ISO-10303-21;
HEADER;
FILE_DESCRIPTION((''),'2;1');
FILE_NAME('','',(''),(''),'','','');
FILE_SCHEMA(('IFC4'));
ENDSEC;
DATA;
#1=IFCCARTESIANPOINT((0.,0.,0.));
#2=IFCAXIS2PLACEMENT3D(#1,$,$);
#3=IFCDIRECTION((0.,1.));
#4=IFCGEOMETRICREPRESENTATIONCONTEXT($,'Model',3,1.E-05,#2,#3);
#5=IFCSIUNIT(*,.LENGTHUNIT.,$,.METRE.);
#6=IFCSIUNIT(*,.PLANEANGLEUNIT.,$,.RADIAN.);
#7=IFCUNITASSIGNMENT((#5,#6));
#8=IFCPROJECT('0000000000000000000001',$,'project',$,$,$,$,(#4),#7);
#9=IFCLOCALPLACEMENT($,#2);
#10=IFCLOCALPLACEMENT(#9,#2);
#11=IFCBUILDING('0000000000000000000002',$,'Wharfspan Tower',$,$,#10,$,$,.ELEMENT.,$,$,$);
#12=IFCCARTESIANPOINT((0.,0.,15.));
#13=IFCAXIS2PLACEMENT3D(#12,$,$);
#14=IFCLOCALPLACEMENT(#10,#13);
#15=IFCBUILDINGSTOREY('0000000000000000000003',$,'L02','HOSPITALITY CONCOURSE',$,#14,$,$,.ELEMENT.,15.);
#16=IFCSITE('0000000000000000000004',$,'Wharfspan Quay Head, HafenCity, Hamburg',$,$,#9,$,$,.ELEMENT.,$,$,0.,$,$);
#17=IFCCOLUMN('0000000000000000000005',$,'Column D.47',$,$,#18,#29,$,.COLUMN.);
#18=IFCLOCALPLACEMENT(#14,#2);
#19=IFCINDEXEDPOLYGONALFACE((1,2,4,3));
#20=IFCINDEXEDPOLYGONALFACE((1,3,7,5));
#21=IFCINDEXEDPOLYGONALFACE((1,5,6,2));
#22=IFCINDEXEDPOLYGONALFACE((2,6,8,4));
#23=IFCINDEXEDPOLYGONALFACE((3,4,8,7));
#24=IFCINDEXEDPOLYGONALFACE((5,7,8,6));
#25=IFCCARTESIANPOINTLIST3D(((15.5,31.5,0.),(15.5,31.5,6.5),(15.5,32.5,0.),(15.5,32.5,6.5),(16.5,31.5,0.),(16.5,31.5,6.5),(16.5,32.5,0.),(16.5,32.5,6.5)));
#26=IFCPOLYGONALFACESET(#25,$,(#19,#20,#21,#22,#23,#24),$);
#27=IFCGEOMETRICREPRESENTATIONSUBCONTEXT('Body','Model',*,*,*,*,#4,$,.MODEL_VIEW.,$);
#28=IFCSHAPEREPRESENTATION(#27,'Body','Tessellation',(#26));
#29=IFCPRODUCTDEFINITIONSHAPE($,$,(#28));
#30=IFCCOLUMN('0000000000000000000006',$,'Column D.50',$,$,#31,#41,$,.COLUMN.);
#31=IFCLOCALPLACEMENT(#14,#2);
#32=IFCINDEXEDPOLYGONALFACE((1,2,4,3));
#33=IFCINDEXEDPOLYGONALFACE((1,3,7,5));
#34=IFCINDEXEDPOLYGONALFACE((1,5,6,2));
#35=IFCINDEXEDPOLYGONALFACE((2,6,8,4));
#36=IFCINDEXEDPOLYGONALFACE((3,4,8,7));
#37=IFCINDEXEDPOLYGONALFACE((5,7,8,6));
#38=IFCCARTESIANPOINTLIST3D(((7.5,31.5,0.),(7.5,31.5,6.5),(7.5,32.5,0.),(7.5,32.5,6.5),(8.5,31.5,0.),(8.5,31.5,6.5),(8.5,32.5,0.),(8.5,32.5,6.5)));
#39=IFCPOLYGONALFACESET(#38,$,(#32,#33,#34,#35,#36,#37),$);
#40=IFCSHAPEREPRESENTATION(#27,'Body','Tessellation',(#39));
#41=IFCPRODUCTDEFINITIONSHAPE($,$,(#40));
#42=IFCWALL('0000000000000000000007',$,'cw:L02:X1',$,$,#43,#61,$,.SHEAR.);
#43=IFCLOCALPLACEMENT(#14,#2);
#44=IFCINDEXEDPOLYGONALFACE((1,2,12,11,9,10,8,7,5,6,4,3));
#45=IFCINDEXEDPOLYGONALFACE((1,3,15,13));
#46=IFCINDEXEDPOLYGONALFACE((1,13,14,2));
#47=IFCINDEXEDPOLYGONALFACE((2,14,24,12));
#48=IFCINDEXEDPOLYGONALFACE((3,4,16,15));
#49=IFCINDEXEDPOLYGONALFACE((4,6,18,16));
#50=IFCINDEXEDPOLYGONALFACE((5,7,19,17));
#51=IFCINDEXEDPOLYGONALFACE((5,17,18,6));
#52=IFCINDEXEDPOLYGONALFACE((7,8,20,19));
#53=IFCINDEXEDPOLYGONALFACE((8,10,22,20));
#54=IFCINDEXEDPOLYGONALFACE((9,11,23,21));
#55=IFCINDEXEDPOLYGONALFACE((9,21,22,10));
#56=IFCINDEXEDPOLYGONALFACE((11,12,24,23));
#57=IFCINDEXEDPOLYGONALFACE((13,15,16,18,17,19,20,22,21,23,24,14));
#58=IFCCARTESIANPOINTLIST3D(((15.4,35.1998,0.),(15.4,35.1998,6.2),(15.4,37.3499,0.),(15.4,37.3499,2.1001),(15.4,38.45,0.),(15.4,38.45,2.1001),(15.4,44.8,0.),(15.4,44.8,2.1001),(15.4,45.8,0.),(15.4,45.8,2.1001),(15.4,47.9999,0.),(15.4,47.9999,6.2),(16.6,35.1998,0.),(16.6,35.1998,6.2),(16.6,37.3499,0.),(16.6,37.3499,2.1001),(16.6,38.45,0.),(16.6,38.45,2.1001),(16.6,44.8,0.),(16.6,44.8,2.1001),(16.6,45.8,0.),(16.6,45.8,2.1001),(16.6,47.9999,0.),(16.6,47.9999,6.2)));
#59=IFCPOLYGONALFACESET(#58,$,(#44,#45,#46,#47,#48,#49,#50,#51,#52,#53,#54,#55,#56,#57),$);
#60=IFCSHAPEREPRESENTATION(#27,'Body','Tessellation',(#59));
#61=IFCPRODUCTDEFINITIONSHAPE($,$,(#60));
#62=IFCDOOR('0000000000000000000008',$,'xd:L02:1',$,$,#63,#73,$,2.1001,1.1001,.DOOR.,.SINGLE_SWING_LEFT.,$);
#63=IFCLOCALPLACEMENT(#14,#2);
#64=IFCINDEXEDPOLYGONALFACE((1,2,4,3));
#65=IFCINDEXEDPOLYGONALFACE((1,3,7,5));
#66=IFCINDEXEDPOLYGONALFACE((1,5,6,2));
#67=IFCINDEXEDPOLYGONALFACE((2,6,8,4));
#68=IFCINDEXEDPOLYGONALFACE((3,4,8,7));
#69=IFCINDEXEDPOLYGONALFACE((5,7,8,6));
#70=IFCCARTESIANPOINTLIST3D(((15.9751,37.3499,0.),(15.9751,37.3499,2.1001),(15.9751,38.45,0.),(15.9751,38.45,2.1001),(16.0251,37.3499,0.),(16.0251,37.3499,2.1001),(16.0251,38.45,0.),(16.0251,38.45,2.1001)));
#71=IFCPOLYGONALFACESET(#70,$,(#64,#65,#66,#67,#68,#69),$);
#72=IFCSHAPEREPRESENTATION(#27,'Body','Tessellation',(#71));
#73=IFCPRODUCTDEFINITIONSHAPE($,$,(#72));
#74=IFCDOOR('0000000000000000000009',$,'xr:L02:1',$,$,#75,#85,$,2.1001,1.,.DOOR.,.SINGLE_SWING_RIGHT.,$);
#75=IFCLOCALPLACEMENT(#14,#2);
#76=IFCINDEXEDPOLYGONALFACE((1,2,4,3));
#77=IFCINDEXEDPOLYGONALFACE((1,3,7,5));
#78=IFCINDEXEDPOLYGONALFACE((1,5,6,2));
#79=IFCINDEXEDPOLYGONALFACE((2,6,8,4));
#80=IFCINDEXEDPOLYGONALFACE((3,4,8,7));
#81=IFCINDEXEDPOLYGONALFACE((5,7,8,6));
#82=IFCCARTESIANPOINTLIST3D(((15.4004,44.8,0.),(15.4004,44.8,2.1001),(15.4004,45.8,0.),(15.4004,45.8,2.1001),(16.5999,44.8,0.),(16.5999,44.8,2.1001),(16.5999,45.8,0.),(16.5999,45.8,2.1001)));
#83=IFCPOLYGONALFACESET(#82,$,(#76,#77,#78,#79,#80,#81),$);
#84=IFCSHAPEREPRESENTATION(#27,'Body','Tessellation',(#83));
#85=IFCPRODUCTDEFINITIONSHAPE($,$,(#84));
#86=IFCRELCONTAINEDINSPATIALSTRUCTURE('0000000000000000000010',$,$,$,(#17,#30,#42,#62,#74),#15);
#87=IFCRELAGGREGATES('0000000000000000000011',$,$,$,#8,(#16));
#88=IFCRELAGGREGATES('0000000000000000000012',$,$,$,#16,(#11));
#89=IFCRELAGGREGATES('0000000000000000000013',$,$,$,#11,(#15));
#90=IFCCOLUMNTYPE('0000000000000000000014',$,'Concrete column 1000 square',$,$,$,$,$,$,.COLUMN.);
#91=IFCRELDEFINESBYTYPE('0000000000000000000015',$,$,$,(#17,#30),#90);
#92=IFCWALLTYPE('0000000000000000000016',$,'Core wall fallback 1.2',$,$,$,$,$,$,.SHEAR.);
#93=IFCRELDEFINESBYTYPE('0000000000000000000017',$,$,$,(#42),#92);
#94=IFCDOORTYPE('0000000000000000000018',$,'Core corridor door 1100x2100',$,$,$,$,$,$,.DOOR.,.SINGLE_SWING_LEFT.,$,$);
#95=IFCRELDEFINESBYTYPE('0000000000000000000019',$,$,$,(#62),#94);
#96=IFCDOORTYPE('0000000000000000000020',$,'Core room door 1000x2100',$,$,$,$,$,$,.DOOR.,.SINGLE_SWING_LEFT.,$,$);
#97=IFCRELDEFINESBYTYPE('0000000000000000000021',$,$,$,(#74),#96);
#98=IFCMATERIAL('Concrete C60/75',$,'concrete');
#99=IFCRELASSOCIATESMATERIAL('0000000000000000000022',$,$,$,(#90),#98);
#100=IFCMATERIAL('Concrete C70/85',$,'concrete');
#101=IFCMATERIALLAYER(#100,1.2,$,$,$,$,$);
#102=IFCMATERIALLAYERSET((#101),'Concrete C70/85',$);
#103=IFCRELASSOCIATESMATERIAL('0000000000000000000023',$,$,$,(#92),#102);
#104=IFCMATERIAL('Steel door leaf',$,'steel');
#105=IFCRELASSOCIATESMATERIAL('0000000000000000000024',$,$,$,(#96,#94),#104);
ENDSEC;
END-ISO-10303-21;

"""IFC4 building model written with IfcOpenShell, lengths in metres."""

from ifc_helpers import new_model, si_unit, direction, frame, frame_2d, origin, origin_2d, place, context, subcontext, project, spatial, rectangle, extrude, material, layer, layer_set, material_profile, profile_set, type_object, element, fill, save


model = new_model("IFC4")

# Units and contexts
model_context = context("Model", 3, precision=1e-05, world=origin(), true_north=direction((0.0, 1.0)))
body_context = subcontext(model_context, "Body", "Model", "MODEL_VIEW")
ifc_project = project(units=[si_unit("LENGTHUNIT", "METRE"), si_unit("PLANEANGLEUNIT", "RADIAN")], contexts=[model_context])

# Site, building, storey
site_placement = place(None, origin())
site = spatial("IfcSite", under=ifc_project, at=site_placement, Name="Wharfspan Quay Head, HafenCity, Hamburg", CompositionType="ELEMENT", RefElevation=0.0)
building_placement = place(site_placement, origin())
building = spatial("IfcBuilding", under=site, at=building_placement, Name="Wharfspan Tower", CompositionType="ELEMENT")
storey_placement = place(building_placement, frame((0.0, 0.0, 15.0)))
storey = spatial("IfcBuildingStorey", under=building, at=storey_placement, Name="L02", Description="HOSPITALITY CONCOURSE", CompositionType="ELEMENT", Elevation=15.0)

# Columns
ifc_material_1 = material(Name="Concrete C60/75", Category="concrete")
ifc_material_profile = material_profile(ifc_material_1, rectangle(XDim=1.0, YDim=1.0, at=origin_2d()))
ifc_profile_set = profile_set([ifc_material_profile], Name="Concrete C60/75")
column_type = type_object("IfcColumnType", Name="Concrete column 1000 square", PredefinedType="COLUMN", material=ifc_profile_set)
for number, where, z_axis, x_axis, name in (
    (1, (16.0, 32.0, 0.0), (0.0, 0.0, 1.0), (1.0, 0.0, 0.0), "Column D.47"),
    (2, (8.0, 32.0, 0.0), (0.0, 0.0, 1.0), (1.0, 0.0, 0.0), "Column D.50"),
):
    element("IfcColumn", number, at=place(storey_placement, frame(where, z_axis=z_axis, x_axis=x_axis)), inside=storey, type_object=column_type, Name=name, PredefinedType="COLUMN", context=body_context, shape_type="SweptSolid", body=[
        extrude(rectangle(XDim=1.0, YDim=1.0, at=origin_2d()), origin(), (0.0, 0.0, 1.0), 6.5),
    ])

# Wall, openings, doors
ifc_material_2 = material(Name="Concrete C70/85", Category="concrete")
ifc_layer = layer(ifc_material_2, 1.2)
ifc_layer_set = layer_set([ifc_layer], Name="Concrete C70/85")
wall_type = type_object("IfcWallType", Name="Core wall fallback 1.2", PredefinedType="SHEAR", material=ifc_layer_set)
ifc_material_3 = material(Name="Steel door leaf", Category="steel")
door_type_1 = type_object("IfcDoorType", Name="Core room door 1000x2100", OperationType="SINGLE_SWING_LEFT", PredefinedType="DOOR", material=ifc_material_3)
wall_1_placement = place(storey_placement, frame((16.0, 35.2, 0.0), z_axis=(0.0, 0.0, 1.0), x_axis=(0.0, 1.0, 0.0)))
wall_1 = element("IfcWall", 3, at=wall_1_placement, inside=storey, type_object=wall_type, Name="cw:L02:X1", PredefinedType="SHEAR", context=body_context, shape_type="SweptSolid", body=[
    extrude(rectangle(XDim=12.8, YDim=1.2, at=frame_2d((6.3999, 0.0))), origin(), (0.0, 0.0, 1.0), 6.2),
])
opening_1_placement = place(wall_1_placement, frame((2.1499, 0.0, 0.0)))
opening_1 = element("IfcOpeningElement", 4, at=opening_1_placement, cuts=wall_1, PredefinedType="OPENING", context=body_context, shape_type="SweptSolid", body=[
    extrude(rectangle(XDim=1.1001, YDim=2.1001, at=frame_2d((0.55, 1.05))), frame((0.0, 0.6099, 0.0), z_axis=(0.0, -1.0, 0.0), x_axis=(1.0, 0.0, 0.0)), (0.0, 0.0, 1.0), 1.22),
])
opening_2_placement = place(wall_1_placement, frame((9.6001, 0.0, 0.0)))
opening_2 = element("IfcOpeningElement", 5, at=opening_2_placement, cuts=wall_1, PredefinedType="OPENING", context=body_context, shape_type="SweptSolid", body=[
    extrude(rectangle(XDim=1.0, YDim=2.1001, at=frame_2d((0.5, 1.05))), frame((0.0, 0.6099, 0.0), z_axis=(0.0, -1.0, 0.0), x_axis=(1.0, 0.0, 0.0)), (0.0, 0.0, 1.0), 1.22),
])
door_type_2 = type_object("IfcDoorType", Name="Core corridor door 1100x2100", OperationType="SINGLE_SWING_LEFT", PredefinedType="DOOR", material=ifc_material_3)
door_1_placement = place(opening_1_placement, origin())
door_1 = element("IfcDoor", 6, at=door_1_placement, inside=storey, type_object=door_type_2, Name="xd:L02:1", OperationType="SINGLE_SWING_LEFT", OverallHeight=2.1001, OverallWidth=1.1001, PredefinedType="DOOR", context=body_context, shape_type="SweptSolid", body=[
    extrude(rectangle(XDim=1.1001, YDim=2.1001, at=frame_2d((0.55, 1.05))), frame((0.0, 0.0249, 0.0), z_axis=(0.0, -1.0, 0.0), x_axis=(1.0, 0.0, 0.0)), (0.0, 0.0, 1.0), 0.05),
])
fill(opening_1, door_1)
door_2_placement = place(opening_2_placement, origin())
door_2 = element("IfcDoor", 7, at=door_2_placement, inside=storey, type_object=door_type_1, Name="xr:L02:1", OperationType="SINGLE_SWING_RIGHT", OverallHeight=2.1001, OverallWidth=1.0, PredefinedType="DOOR", context=body_context, shape_type="SweptSolid", body=[
    extrude(rectangle(XDim=1.0, YDim=2.1001, at=frame_2d((0.5, 1.05))), frame((0.0, 0.5996, 0.0), z_axis=(0.0, -1.0, 0.0), x_axis=(1.0, 0.0, 0.0)), (0.0, 0.0, 1.0), 1.1995),
])
fill(opening_2, door_2)

save(model, "model.ifc")
